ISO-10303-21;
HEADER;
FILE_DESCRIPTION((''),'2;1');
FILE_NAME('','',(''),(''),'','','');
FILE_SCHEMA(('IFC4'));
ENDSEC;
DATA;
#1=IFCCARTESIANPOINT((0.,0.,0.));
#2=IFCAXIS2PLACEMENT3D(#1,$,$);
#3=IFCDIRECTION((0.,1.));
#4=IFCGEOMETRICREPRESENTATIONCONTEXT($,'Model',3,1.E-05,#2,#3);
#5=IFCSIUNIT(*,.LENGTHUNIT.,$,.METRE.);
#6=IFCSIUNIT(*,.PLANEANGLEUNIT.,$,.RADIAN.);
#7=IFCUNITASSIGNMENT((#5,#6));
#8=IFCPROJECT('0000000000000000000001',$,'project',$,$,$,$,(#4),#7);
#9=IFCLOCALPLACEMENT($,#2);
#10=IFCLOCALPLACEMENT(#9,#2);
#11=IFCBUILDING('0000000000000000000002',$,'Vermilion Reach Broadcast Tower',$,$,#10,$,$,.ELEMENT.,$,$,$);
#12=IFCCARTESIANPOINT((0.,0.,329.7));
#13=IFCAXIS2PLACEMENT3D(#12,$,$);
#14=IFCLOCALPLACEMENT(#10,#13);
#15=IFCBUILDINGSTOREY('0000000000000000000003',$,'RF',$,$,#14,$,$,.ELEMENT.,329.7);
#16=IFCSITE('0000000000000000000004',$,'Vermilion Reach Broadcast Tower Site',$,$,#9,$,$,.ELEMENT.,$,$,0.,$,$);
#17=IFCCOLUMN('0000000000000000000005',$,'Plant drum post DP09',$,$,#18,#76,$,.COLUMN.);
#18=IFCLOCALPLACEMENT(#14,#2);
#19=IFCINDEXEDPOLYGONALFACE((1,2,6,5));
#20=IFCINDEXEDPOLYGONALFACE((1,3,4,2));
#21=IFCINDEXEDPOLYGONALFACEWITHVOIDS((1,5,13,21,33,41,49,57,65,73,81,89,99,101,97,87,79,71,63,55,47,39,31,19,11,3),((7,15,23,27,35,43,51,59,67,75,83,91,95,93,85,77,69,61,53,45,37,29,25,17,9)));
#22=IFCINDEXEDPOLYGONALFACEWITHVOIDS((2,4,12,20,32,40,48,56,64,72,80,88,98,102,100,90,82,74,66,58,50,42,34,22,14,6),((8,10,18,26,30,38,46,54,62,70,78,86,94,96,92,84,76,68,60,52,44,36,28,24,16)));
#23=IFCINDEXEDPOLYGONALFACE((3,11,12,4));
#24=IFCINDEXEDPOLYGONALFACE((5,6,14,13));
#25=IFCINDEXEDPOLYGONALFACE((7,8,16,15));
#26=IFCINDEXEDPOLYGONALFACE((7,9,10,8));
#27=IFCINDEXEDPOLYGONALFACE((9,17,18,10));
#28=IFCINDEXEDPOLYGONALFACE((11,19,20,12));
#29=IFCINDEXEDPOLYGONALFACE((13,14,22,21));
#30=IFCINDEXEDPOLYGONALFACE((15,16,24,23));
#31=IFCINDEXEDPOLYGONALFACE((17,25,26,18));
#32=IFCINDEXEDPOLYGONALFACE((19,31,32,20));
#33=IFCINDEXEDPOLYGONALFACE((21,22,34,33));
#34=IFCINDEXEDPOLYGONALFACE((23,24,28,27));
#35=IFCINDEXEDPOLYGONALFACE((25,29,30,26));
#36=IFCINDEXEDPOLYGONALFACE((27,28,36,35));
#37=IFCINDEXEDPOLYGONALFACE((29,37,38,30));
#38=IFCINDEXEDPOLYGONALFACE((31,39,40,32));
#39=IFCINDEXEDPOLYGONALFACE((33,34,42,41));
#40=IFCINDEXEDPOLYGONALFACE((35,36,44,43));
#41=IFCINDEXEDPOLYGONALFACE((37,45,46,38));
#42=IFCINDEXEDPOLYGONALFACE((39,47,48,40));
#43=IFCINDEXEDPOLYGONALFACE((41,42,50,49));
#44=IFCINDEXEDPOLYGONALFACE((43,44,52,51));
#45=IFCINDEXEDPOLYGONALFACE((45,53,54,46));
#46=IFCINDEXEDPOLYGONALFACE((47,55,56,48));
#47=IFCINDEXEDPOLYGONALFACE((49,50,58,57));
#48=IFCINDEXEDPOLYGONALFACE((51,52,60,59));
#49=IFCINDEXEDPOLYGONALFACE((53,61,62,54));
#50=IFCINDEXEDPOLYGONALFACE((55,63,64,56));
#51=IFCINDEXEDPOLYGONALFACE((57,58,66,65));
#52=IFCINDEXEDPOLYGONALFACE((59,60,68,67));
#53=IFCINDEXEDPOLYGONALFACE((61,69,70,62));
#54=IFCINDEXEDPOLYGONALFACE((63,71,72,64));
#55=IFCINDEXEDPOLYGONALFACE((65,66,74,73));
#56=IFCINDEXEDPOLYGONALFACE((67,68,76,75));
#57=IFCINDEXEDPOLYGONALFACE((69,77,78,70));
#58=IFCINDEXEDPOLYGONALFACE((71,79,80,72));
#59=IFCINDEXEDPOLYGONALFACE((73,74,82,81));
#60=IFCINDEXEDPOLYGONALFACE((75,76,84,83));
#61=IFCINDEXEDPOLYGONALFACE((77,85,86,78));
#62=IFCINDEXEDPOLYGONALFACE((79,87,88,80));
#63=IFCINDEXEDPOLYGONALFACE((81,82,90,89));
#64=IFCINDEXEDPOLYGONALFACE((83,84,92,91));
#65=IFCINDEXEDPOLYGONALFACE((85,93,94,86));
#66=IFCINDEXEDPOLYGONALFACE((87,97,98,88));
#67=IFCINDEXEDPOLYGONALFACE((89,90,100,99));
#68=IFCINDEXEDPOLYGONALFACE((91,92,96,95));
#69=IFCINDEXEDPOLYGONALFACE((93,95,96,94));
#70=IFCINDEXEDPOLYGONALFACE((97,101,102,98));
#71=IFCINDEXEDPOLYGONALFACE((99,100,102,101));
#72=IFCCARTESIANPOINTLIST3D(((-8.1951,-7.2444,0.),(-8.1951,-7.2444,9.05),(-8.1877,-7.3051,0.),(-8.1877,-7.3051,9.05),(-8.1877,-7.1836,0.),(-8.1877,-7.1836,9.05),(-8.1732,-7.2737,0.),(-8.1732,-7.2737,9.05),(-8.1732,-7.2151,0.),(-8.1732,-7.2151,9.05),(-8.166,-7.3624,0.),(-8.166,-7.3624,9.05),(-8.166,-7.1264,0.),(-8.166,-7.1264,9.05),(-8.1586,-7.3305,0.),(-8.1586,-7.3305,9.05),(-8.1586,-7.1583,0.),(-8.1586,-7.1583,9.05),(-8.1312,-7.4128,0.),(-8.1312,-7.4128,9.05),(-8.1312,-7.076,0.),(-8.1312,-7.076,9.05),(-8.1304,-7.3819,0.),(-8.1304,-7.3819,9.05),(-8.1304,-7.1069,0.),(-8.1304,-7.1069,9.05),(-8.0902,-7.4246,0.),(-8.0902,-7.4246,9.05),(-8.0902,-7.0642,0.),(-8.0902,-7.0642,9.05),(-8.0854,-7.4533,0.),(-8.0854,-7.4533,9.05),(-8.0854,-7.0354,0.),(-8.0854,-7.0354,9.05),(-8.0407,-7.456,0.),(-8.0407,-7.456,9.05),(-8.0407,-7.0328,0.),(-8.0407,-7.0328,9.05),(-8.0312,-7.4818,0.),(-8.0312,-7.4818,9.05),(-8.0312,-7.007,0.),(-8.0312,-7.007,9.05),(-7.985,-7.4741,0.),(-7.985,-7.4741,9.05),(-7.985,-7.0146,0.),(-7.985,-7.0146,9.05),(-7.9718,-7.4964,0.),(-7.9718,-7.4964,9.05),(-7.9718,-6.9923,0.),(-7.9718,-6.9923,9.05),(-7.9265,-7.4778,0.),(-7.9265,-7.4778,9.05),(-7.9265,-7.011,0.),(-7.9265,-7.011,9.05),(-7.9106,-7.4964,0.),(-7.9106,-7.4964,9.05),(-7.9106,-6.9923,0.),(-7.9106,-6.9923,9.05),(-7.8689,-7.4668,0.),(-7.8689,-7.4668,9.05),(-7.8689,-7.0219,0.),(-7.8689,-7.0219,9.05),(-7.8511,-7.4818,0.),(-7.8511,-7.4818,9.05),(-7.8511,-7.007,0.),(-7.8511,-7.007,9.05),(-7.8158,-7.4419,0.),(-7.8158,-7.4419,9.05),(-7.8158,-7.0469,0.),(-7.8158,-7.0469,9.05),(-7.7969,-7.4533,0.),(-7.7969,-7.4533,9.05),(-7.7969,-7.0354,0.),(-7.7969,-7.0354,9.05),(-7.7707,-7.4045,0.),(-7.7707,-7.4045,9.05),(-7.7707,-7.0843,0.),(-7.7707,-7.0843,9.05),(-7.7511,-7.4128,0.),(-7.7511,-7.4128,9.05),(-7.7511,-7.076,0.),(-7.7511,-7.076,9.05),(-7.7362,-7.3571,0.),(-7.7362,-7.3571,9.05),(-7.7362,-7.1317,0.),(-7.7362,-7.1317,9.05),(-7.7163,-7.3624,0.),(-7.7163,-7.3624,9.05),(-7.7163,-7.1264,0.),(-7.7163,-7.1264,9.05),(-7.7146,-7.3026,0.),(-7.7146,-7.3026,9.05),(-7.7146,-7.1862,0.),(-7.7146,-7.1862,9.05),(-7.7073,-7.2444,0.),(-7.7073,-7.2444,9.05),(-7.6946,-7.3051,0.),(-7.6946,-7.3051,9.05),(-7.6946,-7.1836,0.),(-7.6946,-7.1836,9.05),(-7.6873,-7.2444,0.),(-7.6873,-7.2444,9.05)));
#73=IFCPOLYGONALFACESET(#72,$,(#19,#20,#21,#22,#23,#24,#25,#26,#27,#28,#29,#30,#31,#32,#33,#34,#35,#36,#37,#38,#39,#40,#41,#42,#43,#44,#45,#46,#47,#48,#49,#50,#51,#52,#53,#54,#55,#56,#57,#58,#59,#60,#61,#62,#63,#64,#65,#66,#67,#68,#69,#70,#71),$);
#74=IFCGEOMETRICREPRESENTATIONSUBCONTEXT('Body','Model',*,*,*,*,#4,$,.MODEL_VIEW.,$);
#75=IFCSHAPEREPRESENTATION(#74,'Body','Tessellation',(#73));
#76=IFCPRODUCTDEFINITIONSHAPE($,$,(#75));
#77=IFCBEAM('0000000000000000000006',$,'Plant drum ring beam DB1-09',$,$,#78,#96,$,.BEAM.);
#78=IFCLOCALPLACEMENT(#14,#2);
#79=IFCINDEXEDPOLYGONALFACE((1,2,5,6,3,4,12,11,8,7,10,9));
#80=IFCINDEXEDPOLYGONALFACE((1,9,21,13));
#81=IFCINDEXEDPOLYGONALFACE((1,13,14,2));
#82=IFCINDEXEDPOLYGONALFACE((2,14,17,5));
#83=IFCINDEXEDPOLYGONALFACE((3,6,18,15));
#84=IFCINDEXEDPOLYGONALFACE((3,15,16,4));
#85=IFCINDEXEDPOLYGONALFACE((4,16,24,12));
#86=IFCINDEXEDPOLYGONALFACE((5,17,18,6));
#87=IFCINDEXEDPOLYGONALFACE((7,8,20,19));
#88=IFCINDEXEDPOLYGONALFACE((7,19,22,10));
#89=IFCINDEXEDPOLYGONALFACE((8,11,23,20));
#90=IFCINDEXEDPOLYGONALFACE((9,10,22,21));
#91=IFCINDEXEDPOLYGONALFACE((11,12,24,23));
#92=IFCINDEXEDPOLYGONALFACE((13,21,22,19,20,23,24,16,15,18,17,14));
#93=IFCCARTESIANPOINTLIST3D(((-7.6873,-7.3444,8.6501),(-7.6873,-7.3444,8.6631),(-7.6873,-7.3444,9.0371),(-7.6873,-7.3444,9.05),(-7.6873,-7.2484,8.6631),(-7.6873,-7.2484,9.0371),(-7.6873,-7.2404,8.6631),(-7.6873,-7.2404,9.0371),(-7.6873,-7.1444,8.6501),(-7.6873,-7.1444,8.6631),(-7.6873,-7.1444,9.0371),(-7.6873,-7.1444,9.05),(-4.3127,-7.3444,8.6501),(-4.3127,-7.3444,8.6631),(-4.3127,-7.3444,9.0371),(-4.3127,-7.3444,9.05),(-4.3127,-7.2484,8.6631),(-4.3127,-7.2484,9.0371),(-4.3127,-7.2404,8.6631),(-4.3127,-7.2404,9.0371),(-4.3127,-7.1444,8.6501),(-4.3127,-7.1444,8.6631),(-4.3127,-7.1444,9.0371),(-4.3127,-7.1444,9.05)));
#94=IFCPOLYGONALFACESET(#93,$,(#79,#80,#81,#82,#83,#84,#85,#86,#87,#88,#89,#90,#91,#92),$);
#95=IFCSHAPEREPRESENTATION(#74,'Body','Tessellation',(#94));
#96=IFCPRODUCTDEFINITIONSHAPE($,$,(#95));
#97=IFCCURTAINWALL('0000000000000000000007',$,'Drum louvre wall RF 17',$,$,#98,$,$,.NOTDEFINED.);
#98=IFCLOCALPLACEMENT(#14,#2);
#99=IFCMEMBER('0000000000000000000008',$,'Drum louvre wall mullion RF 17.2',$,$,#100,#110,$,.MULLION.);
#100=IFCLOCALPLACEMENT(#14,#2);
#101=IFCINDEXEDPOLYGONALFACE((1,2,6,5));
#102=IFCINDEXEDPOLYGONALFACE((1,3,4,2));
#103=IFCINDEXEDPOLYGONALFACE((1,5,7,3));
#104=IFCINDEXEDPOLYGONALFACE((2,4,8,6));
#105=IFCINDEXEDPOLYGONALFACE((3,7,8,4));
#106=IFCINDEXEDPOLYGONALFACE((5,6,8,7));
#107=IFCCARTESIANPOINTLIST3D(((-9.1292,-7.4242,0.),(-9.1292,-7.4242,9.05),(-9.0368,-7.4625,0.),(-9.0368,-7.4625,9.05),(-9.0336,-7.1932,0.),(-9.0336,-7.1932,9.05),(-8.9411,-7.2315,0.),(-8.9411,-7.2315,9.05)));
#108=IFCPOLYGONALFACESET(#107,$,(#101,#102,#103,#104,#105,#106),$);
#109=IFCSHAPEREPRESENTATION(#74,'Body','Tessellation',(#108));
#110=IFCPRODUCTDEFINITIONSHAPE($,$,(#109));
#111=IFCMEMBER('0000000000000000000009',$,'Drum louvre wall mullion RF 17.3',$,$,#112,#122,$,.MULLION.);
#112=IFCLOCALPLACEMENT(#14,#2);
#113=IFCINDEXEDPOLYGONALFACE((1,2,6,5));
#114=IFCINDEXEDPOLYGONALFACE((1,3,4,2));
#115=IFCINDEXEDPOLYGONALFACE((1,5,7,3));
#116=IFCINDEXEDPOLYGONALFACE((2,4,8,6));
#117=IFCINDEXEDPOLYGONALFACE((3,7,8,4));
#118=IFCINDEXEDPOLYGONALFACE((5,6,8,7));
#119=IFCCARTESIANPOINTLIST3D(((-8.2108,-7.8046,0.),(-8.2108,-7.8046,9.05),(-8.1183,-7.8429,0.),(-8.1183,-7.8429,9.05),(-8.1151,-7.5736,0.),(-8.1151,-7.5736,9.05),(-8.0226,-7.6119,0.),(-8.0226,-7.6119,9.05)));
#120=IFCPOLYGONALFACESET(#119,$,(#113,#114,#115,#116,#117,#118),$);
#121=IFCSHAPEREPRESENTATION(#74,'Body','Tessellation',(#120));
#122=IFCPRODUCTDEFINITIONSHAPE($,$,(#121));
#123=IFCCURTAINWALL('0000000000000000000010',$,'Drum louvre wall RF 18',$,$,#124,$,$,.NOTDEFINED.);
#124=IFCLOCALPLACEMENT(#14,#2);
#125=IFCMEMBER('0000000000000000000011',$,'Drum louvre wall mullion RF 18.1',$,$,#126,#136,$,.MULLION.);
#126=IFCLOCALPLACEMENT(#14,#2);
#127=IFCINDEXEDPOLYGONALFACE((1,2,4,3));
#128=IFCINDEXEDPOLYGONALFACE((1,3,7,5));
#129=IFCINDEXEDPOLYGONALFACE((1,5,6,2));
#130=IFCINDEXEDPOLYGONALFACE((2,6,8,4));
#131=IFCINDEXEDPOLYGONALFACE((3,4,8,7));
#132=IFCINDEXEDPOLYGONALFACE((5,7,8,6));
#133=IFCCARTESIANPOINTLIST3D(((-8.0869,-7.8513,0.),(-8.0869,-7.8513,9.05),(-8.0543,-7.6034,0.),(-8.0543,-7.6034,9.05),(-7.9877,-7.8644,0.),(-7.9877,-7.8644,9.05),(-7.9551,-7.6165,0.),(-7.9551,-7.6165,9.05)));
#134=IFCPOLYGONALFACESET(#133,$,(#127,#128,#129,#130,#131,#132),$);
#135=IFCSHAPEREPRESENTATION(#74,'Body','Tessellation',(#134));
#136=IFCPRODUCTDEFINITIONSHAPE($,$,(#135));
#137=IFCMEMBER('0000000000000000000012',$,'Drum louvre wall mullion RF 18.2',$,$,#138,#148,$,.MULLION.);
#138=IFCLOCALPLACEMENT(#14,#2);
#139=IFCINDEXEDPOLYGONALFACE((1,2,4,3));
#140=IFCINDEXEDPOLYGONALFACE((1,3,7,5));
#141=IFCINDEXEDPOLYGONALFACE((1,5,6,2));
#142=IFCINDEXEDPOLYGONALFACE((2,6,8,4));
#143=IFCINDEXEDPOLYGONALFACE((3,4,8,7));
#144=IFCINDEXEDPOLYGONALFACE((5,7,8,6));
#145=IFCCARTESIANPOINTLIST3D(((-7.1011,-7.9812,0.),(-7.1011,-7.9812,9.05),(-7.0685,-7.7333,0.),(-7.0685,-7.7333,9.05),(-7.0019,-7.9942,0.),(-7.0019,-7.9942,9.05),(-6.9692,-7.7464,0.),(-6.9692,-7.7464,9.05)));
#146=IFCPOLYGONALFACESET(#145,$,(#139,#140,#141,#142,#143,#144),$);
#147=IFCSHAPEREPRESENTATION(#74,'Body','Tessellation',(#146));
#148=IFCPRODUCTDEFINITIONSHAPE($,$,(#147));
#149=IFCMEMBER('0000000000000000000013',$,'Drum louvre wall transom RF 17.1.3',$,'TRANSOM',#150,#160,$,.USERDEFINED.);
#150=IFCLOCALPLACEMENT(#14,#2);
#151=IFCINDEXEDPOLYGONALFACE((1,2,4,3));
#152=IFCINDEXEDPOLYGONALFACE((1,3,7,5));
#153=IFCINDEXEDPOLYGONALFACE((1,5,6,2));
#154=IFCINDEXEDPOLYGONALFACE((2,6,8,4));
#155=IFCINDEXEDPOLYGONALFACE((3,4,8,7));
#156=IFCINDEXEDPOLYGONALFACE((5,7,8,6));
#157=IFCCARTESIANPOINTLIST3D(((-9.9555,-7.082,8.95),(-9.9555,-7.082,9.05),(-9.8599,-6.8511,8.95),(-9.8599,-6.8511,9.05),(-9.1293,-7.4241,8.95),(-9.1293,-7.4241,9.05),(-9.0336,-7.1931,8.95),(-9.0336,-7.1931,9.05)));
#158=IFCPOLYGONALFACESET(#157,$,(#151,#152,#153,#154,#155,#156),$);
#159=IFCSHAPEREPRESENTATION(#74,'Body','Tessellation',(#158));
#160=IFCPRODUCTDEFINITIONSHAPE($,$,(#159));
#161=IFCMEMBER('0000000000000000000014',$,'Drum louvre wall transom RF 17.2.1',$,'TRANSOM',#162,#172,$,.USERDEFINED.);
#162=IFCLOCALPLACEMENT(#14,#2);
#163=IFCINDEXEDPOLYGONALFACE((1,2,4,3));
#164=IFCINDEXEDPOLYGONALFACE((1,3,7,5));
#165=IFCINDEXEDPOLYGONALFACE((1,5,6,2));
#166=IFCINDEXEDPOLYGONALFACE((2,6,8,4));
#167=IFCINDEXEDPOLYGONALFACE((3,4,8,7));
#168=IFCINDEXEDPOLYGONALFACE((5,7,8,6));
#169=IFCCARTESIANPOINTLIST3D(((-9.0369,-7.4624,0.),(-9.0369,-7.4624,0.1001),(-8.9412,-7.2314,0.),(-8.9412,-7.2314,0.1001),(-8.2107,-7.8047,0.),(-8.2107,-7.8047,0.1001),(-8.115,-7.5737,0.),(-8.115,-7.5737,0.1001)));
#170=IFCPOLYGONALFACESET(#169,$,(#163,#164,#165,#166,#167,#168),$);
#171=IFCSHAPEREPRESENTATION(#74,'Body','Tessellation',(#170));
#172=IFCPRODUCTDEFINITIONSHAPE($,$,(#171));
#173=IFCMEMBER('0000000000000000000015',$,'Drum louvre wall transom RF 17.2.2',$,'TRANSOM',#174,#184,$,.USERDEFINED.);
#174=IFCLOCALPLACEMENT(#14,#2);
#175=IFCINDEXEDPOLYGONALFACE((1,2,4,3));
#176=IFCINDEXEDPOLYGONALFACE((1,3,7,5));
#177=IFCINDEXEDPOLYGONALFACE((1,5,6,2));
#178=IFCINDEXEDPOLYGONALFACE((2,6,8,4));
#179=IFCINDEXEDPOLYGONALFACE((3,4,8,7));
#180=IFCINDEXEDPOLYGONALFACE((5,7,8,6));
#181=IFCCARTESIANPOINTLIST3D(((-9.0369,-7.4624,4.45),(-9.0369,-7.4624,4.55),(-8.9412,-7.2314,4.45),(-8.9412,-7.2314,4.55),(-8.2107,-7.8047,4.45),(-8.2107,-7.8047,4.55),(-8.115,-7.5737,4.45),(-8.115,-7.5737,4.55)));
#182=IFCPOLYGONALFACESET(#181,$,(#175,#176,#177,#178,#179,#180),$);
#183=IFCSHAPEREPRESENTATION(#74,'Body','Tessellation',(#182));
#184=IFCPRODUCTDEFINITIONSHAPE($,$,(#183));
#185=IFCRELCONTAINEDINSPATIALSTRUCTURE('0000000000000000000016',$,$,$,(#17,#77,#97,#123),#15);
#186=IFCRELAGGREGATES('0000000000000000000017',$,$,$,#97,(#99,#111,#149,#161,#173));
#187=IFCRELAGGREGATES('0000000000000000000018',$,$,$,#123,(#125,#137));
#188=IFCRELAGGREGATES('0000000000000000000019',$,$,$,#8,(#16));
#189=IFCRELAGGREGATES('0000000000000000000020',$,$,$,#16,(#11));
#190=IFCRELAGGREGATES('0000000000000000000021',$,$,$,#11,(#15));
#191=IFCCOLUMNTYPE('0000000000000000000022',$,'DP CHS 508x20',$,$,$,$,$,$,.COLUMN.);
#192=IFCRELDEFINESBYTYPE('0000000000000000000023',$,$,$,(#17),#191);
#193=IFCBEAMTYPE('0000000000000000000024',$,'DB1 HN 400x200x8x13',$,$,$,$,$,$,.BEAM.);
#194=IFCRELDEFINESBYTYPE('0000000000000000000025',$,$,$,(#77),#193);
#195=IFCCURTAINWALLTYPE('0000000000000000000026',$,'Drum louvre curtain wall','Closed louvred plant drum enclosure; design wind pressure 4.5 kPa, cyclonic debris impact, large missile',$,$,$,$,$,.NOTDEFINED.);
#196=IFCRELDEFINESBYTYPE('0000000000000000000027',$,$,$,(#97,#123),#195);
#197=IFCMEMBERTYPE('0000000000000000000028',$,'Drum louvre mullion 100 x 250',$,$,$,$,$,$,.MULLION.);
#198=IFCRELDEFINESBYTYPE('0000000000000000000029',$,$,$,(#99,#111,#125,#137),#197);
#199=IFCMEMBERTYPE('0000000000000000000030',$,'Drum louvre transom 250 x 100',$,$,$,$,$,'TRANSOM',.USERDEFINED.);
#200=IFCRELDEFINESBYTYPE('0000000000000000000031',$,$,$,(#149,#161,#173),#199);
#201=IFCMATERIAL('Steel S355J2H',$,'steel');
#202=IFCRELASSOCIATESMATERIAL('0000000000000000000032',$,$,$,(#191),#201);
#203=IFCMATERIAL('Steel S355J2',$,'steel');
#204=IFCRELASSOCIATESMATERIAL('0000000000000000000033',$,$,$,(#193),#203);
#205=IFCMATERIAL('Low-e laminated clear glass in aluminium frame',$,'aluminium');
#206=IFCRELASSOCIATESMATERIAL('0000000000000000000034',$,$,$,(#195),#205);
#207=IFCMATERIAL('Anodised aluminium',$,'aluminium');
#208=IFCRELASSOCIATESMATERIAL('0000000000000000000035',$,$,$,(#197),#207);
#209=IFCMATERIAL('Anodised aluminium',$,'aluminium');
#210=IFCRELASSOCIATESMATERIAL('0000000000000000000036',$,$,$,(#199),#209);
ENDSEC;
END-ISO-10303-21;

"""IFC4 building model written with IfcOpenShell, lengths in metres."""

from ifc_helpers import new_model, si_unit, direction, frame, origin, origin_2d, place, context, subcontext, project, spatial, rectangle, hollow_circle, i_section, extrude, material, material_profile, profile_set, type_object, element, aggregate, save


model = new_model("IFC4")

# Units and contexts
model_context = context("Model", 3, precision=1e-05, world=origin(), true_north=direction((0.0, 1.0)))
body_context = subcontext(model_context, "Body", "Model", "MODEL_VIEW")
ifc_project = project(units=[si_unit("LENGTHUNIT", "METRE"), si_unit("PLANEANGLEUNIT", "RADIAN")], contexts=[model_context])

# Site, building, storey
site_placement = place(None, origin())
site = spatial("IfcSite", under=ifc_project, at=site_placement, Name="Vermilion Reach Broadcast Tower Site", CompositionType="ELEMENT", RefElevation=0.0)
building_placement = place(site_placement, origin())
building = spatial("IfcBuilding", under=site, at=building_placement, Name="Vermilion Reach Broadcast Tower", CompositionType="ELEMENT")
storey_placement = place(building_placement, frame((0.0, 0.0, 329.7)))
storey = spatial("IfcBuildingStorey", under=building, at=storey_placement, Name="RF", CompositionType="ELEMENT", Elevation=329.7)

# Column
ifc_material_1 = material(Name="Steel S355J2H", Category="steel")
ifc_material_profile_1 = material_profile(ifc_material_1, hollow_circle(Radius=0.2539, WallThickness=0.02, at=origin_2d()), Name="S355J2H CHS 508x20")
ifc_profile_set_1 = profile_set([ifc_material_profile_1], Name="Steel S355J2H")
column_type = type_object("IfcColumnType", Name="DP CHS 508x20", PredefinedType="COLUMN", material=ifc_profile_set_1)
column_placement = place(storey_placement, frame((-7.9412, -7.2444, 0.0), z_axis=(0.0, 0.0, 1.0), x_axis=(1.0, 0.0, 0.0)))
element("IfcColumn", 1, at=column_placement, inside=storey, type_object=column_type, Name="Plant drum post DP09", PredefinedType="COLUMN", context=body_context, shape_type="SweptSolid", body=[
    extrude(hollow_circle(Radius=0.2539, WallThickness=0.02, at=origin_2d()), origin(), (0.0, 0.0, 1.0), 9.05),
])

# Beam
ifc_material_2 = material(Name="Steel S355J2", Category="steel")
ifc_material_profile_2 = material_profile(ifc_material_2, i_section(OverallWidth=0.2, OverallDepth=0.3999, WebThickness=0.0081, FlangeThickness=0.0129, at=origin_2d()), Name="S355J2 HN 400x200x8x13")
ifc_profile_set_2 = profile_set([ifc_material_profile_2], Name="Steel S355J2")
beam_type = type_object("IfcBeamType", Name="DB1 HN 400x200x8x13", PredefinedType="BEAM", material=ifc_profile_set_2)
beam_placement = place(storey_placement, frame((-7.6873, -7.2444, 8.8501), z_axis=(1.0, 0.0, 0.0), x_axis=(0.0, 1.0, 0.0)))
element("IfcBeam", 2, at=beam_placement, inside=storey, type_object=beam_type, Name="Plant drum ring beam DB1-09", PredefinedType="BEAM", context=body_context, shape_type="SweptSolid", body=[
    extrude(i_section(OverallWidth=0.2, OverallDepth=0.3999, WebThickness=0.0081, FlangeThickness=0.0129, at=origin_2d()), origin(), (0.0, 0.0, 1.0), 3.3745),
])

# Curtain walls, members
ifc_material_3 = material(Name="Low-e laminated clear glass in aluminium frame", Category="aluminium")
curtain_wall_type = type_object("IfcCurtainWallType", Name="Drum louvre curtain wall", Description="Closed louvred plant drum enclosure; design wind pressure 4.5 kPa, cyclonic debris impact, large missile", PredefinedType="NOTDEFINED", material=ifc_material_3)
placement = place(storey_placement, origin())
curtain_wall_1 = element("IfcCurtainWall", 3, at=placement, inside=storey, type_object=curtain_wall_type, Name="Drum louvre wall RF 17", PredefinedType="NOTDEFINED")
ifc_material_4 = material(Name="Anodised aluminium", Category="aluminium")
ifc_material_profile_3 = material_profile(ifc_material_4, rectangle(XDim=0.25, YDim=0.1001, at=origin_2d()), Name="Drum louvre mullion 100 x 250")
ifc_profile_set_3 = profile_set([ifc_material_profile_3], Name="Anodised aluminium")
member_type_1 = type_object("IfcMemberType", Name="Drum louvre mullion 100 x 250", PredefinedType="MULLION", material=ifc_profile_set_3)
member_1_placement = place(storey_placement, frame((-9.0352, -7.3279, 0.0), z_axis=(0.0, 0.0, 1.0), x_axis=(0.382683, 0.92388, 0.0)))
member_1 = element("IfcMember", 4, at=member_1_placement, type_object=member_type_1, Name="Drum louvre wall mullion RF 17.2", PredefinedType="MULLION", context=body_context, shape_type="SweptSolid", body=[
    extrude(rectangle(XDim=0.25, YDim=0.1001, at=origin_2d()), origin(), (0.0, 0.0, 1.0), 9.05),
])
member_2_placement = place(storey_placement, frame((-8.1167, -7.7083, 0.0), z_axis=(0.0, 0.0, 1.0), x_axis=(0.382683, 0.92388, 0.0)))
member_2 = element("IfcMember", 5, at=member_2_placement, type_object=member_type_1, Name="Drum louvre wall mullion RF 17.3", PredefinedType="MULLION", context=body_context, shape_type="SweptSolid", body=[
    extrude(rectangle(XDim=0.25, YDim=0.1001, at=origin_2d()), origin(), (0.0, 0.0, 1.0), 9.05),
])
curtain_wall_2 = element("IfcCurtainWall", 6, at=placement, inside=storey, type_object=curtain_wall_type, Name="Drum louvre wall RF 18", PredefinedType="NOTDEFINED")
member_3_placement = place(storey_placement, frame((-8.021, -7.7339, 0.0), z_axis=(0.0, 0.0, 1.0), x_axis=(0.130526, 0.991445, 0.0)))
member_3 = element("IfcMember", 7, at=member_3_placement, type_object=member_type_1, Name="Drum louvre wall mullion RF 18.1", PredefinedType="MULLION", context=body_context, shape_type="SweptSolid", body=[
    extrude(rectangle(XDim=0.25, YDim=0.1001, at=origin_2d()), origin(), (0.0, 0.0, 1.0), 9.05),
])
member_4_placement = place(storey_placement, frame((-7.0352, -7.8638, 0.0), z_axis=(0.0, 0.0, 1.0), x_axis=(0.130526, 0.991445, 0.0)))
member_4 = element("IfcMember", 8, at=member_4_placement, type_object=member_type_1, Name="Drum louvre wall mullion RF 18.2", PredefinedType="MULLION", context=body_context, shape_type="SweptSolid", body=[
    extrude(rectangle(XDim=0.25, YDim=0.1001, at=origin_2d()), origin(), (0.0, 0.0, 1.0), 9.05),
])

# Members
ifc_material_5 = material(Name="Anodised aluminium", Category="aluminium")
ifc_material_profile_4 = material_profile(ifc_material_5, rectangle(XDim=0.25, YDim=0.1001, at=origin_2d()), Name="Drum louvre transom 250 x 100")
ifc_profile_set_4 = profile_set([ifc_material_profile_4], Name="Anodised aluminium")
member_type_2 = type_object("IfcMemberType", Name="Drum louvre transom 250 x 100", ElementType="TRANSOM", PredefinedType="USERDEFINED", material=ifc_profile_set_4)
member_5_placement = place(storey_placement, frame((-9.9077, -6.9666, 9.0), z_axis=(0.923947, -0.382521, 0.0), x_axis=(0.382521, 0.923947, 0.0)))
member_5 = element("IfcMember", 9, at=member_5_placement, type_object=member_type_2, Name="Drum louvre wall transom RF 17.1.3", ObjectType="TRANSOM", PredefinedType="USERDEFINED", context=body_context, shape_type="SweptSolid", body=[
    extrude(rectangle(XDim=0.25, YDim=0.1001, at=origin_2d()), origin(), (0.0, 0.0, 1.0), 0.8943),
])
member_6_placement = place(storey_placement, frame((-8.989, -7.3469, 0.05), z_axis=(0.92385, -0.382754, 0.0), x_axis=(0.382754, 0.92385, 0.0)))
member_6 = element("IfcMember", 10, at=member_6_placement, type_object=member_type_2, Name="Drum louvre wall transom RF 17.2.1", ObjectType="TRANSOM", PredefinedType="USERDEFINED", context=body_context, shape_type="SweptSolid", body=[
    extrude(rectangle(XDim=0.25, YDim=0.1001, at=origin_2d()), origin(), (0.0, 0.0, 1.0), 0.8943),
])
member_7_placement = place(storey_placement, frame((-8.989, -7.3469, 4.5), z_axis=(0.92385, -0.382754, 0.0), x_axis=(0.382754, 0.92385, 0.0)))
member_7 = element("IfcMember", 11, at=member_7_placement, type_object=member_type_2, Name="Drum louvre wall transom RF 17.2.2", ObjectType="TRANSOM", PredefinedType="USERDEFINED", context=body_context, shape_type="SweptSolid", body=[
    extrude(rectangle(XDim=0.25, YDim=0.1001, at=origin_2d()), origin(), (0.0, 0.0, 1.0), 0.8943),
])

aggregate(curtain_wall_1, [member_1, member_2, member_5, member_6, member_7])
aggregate(curtain_wall_2, [member_3, member_4])

save(model, "model.ifc")
